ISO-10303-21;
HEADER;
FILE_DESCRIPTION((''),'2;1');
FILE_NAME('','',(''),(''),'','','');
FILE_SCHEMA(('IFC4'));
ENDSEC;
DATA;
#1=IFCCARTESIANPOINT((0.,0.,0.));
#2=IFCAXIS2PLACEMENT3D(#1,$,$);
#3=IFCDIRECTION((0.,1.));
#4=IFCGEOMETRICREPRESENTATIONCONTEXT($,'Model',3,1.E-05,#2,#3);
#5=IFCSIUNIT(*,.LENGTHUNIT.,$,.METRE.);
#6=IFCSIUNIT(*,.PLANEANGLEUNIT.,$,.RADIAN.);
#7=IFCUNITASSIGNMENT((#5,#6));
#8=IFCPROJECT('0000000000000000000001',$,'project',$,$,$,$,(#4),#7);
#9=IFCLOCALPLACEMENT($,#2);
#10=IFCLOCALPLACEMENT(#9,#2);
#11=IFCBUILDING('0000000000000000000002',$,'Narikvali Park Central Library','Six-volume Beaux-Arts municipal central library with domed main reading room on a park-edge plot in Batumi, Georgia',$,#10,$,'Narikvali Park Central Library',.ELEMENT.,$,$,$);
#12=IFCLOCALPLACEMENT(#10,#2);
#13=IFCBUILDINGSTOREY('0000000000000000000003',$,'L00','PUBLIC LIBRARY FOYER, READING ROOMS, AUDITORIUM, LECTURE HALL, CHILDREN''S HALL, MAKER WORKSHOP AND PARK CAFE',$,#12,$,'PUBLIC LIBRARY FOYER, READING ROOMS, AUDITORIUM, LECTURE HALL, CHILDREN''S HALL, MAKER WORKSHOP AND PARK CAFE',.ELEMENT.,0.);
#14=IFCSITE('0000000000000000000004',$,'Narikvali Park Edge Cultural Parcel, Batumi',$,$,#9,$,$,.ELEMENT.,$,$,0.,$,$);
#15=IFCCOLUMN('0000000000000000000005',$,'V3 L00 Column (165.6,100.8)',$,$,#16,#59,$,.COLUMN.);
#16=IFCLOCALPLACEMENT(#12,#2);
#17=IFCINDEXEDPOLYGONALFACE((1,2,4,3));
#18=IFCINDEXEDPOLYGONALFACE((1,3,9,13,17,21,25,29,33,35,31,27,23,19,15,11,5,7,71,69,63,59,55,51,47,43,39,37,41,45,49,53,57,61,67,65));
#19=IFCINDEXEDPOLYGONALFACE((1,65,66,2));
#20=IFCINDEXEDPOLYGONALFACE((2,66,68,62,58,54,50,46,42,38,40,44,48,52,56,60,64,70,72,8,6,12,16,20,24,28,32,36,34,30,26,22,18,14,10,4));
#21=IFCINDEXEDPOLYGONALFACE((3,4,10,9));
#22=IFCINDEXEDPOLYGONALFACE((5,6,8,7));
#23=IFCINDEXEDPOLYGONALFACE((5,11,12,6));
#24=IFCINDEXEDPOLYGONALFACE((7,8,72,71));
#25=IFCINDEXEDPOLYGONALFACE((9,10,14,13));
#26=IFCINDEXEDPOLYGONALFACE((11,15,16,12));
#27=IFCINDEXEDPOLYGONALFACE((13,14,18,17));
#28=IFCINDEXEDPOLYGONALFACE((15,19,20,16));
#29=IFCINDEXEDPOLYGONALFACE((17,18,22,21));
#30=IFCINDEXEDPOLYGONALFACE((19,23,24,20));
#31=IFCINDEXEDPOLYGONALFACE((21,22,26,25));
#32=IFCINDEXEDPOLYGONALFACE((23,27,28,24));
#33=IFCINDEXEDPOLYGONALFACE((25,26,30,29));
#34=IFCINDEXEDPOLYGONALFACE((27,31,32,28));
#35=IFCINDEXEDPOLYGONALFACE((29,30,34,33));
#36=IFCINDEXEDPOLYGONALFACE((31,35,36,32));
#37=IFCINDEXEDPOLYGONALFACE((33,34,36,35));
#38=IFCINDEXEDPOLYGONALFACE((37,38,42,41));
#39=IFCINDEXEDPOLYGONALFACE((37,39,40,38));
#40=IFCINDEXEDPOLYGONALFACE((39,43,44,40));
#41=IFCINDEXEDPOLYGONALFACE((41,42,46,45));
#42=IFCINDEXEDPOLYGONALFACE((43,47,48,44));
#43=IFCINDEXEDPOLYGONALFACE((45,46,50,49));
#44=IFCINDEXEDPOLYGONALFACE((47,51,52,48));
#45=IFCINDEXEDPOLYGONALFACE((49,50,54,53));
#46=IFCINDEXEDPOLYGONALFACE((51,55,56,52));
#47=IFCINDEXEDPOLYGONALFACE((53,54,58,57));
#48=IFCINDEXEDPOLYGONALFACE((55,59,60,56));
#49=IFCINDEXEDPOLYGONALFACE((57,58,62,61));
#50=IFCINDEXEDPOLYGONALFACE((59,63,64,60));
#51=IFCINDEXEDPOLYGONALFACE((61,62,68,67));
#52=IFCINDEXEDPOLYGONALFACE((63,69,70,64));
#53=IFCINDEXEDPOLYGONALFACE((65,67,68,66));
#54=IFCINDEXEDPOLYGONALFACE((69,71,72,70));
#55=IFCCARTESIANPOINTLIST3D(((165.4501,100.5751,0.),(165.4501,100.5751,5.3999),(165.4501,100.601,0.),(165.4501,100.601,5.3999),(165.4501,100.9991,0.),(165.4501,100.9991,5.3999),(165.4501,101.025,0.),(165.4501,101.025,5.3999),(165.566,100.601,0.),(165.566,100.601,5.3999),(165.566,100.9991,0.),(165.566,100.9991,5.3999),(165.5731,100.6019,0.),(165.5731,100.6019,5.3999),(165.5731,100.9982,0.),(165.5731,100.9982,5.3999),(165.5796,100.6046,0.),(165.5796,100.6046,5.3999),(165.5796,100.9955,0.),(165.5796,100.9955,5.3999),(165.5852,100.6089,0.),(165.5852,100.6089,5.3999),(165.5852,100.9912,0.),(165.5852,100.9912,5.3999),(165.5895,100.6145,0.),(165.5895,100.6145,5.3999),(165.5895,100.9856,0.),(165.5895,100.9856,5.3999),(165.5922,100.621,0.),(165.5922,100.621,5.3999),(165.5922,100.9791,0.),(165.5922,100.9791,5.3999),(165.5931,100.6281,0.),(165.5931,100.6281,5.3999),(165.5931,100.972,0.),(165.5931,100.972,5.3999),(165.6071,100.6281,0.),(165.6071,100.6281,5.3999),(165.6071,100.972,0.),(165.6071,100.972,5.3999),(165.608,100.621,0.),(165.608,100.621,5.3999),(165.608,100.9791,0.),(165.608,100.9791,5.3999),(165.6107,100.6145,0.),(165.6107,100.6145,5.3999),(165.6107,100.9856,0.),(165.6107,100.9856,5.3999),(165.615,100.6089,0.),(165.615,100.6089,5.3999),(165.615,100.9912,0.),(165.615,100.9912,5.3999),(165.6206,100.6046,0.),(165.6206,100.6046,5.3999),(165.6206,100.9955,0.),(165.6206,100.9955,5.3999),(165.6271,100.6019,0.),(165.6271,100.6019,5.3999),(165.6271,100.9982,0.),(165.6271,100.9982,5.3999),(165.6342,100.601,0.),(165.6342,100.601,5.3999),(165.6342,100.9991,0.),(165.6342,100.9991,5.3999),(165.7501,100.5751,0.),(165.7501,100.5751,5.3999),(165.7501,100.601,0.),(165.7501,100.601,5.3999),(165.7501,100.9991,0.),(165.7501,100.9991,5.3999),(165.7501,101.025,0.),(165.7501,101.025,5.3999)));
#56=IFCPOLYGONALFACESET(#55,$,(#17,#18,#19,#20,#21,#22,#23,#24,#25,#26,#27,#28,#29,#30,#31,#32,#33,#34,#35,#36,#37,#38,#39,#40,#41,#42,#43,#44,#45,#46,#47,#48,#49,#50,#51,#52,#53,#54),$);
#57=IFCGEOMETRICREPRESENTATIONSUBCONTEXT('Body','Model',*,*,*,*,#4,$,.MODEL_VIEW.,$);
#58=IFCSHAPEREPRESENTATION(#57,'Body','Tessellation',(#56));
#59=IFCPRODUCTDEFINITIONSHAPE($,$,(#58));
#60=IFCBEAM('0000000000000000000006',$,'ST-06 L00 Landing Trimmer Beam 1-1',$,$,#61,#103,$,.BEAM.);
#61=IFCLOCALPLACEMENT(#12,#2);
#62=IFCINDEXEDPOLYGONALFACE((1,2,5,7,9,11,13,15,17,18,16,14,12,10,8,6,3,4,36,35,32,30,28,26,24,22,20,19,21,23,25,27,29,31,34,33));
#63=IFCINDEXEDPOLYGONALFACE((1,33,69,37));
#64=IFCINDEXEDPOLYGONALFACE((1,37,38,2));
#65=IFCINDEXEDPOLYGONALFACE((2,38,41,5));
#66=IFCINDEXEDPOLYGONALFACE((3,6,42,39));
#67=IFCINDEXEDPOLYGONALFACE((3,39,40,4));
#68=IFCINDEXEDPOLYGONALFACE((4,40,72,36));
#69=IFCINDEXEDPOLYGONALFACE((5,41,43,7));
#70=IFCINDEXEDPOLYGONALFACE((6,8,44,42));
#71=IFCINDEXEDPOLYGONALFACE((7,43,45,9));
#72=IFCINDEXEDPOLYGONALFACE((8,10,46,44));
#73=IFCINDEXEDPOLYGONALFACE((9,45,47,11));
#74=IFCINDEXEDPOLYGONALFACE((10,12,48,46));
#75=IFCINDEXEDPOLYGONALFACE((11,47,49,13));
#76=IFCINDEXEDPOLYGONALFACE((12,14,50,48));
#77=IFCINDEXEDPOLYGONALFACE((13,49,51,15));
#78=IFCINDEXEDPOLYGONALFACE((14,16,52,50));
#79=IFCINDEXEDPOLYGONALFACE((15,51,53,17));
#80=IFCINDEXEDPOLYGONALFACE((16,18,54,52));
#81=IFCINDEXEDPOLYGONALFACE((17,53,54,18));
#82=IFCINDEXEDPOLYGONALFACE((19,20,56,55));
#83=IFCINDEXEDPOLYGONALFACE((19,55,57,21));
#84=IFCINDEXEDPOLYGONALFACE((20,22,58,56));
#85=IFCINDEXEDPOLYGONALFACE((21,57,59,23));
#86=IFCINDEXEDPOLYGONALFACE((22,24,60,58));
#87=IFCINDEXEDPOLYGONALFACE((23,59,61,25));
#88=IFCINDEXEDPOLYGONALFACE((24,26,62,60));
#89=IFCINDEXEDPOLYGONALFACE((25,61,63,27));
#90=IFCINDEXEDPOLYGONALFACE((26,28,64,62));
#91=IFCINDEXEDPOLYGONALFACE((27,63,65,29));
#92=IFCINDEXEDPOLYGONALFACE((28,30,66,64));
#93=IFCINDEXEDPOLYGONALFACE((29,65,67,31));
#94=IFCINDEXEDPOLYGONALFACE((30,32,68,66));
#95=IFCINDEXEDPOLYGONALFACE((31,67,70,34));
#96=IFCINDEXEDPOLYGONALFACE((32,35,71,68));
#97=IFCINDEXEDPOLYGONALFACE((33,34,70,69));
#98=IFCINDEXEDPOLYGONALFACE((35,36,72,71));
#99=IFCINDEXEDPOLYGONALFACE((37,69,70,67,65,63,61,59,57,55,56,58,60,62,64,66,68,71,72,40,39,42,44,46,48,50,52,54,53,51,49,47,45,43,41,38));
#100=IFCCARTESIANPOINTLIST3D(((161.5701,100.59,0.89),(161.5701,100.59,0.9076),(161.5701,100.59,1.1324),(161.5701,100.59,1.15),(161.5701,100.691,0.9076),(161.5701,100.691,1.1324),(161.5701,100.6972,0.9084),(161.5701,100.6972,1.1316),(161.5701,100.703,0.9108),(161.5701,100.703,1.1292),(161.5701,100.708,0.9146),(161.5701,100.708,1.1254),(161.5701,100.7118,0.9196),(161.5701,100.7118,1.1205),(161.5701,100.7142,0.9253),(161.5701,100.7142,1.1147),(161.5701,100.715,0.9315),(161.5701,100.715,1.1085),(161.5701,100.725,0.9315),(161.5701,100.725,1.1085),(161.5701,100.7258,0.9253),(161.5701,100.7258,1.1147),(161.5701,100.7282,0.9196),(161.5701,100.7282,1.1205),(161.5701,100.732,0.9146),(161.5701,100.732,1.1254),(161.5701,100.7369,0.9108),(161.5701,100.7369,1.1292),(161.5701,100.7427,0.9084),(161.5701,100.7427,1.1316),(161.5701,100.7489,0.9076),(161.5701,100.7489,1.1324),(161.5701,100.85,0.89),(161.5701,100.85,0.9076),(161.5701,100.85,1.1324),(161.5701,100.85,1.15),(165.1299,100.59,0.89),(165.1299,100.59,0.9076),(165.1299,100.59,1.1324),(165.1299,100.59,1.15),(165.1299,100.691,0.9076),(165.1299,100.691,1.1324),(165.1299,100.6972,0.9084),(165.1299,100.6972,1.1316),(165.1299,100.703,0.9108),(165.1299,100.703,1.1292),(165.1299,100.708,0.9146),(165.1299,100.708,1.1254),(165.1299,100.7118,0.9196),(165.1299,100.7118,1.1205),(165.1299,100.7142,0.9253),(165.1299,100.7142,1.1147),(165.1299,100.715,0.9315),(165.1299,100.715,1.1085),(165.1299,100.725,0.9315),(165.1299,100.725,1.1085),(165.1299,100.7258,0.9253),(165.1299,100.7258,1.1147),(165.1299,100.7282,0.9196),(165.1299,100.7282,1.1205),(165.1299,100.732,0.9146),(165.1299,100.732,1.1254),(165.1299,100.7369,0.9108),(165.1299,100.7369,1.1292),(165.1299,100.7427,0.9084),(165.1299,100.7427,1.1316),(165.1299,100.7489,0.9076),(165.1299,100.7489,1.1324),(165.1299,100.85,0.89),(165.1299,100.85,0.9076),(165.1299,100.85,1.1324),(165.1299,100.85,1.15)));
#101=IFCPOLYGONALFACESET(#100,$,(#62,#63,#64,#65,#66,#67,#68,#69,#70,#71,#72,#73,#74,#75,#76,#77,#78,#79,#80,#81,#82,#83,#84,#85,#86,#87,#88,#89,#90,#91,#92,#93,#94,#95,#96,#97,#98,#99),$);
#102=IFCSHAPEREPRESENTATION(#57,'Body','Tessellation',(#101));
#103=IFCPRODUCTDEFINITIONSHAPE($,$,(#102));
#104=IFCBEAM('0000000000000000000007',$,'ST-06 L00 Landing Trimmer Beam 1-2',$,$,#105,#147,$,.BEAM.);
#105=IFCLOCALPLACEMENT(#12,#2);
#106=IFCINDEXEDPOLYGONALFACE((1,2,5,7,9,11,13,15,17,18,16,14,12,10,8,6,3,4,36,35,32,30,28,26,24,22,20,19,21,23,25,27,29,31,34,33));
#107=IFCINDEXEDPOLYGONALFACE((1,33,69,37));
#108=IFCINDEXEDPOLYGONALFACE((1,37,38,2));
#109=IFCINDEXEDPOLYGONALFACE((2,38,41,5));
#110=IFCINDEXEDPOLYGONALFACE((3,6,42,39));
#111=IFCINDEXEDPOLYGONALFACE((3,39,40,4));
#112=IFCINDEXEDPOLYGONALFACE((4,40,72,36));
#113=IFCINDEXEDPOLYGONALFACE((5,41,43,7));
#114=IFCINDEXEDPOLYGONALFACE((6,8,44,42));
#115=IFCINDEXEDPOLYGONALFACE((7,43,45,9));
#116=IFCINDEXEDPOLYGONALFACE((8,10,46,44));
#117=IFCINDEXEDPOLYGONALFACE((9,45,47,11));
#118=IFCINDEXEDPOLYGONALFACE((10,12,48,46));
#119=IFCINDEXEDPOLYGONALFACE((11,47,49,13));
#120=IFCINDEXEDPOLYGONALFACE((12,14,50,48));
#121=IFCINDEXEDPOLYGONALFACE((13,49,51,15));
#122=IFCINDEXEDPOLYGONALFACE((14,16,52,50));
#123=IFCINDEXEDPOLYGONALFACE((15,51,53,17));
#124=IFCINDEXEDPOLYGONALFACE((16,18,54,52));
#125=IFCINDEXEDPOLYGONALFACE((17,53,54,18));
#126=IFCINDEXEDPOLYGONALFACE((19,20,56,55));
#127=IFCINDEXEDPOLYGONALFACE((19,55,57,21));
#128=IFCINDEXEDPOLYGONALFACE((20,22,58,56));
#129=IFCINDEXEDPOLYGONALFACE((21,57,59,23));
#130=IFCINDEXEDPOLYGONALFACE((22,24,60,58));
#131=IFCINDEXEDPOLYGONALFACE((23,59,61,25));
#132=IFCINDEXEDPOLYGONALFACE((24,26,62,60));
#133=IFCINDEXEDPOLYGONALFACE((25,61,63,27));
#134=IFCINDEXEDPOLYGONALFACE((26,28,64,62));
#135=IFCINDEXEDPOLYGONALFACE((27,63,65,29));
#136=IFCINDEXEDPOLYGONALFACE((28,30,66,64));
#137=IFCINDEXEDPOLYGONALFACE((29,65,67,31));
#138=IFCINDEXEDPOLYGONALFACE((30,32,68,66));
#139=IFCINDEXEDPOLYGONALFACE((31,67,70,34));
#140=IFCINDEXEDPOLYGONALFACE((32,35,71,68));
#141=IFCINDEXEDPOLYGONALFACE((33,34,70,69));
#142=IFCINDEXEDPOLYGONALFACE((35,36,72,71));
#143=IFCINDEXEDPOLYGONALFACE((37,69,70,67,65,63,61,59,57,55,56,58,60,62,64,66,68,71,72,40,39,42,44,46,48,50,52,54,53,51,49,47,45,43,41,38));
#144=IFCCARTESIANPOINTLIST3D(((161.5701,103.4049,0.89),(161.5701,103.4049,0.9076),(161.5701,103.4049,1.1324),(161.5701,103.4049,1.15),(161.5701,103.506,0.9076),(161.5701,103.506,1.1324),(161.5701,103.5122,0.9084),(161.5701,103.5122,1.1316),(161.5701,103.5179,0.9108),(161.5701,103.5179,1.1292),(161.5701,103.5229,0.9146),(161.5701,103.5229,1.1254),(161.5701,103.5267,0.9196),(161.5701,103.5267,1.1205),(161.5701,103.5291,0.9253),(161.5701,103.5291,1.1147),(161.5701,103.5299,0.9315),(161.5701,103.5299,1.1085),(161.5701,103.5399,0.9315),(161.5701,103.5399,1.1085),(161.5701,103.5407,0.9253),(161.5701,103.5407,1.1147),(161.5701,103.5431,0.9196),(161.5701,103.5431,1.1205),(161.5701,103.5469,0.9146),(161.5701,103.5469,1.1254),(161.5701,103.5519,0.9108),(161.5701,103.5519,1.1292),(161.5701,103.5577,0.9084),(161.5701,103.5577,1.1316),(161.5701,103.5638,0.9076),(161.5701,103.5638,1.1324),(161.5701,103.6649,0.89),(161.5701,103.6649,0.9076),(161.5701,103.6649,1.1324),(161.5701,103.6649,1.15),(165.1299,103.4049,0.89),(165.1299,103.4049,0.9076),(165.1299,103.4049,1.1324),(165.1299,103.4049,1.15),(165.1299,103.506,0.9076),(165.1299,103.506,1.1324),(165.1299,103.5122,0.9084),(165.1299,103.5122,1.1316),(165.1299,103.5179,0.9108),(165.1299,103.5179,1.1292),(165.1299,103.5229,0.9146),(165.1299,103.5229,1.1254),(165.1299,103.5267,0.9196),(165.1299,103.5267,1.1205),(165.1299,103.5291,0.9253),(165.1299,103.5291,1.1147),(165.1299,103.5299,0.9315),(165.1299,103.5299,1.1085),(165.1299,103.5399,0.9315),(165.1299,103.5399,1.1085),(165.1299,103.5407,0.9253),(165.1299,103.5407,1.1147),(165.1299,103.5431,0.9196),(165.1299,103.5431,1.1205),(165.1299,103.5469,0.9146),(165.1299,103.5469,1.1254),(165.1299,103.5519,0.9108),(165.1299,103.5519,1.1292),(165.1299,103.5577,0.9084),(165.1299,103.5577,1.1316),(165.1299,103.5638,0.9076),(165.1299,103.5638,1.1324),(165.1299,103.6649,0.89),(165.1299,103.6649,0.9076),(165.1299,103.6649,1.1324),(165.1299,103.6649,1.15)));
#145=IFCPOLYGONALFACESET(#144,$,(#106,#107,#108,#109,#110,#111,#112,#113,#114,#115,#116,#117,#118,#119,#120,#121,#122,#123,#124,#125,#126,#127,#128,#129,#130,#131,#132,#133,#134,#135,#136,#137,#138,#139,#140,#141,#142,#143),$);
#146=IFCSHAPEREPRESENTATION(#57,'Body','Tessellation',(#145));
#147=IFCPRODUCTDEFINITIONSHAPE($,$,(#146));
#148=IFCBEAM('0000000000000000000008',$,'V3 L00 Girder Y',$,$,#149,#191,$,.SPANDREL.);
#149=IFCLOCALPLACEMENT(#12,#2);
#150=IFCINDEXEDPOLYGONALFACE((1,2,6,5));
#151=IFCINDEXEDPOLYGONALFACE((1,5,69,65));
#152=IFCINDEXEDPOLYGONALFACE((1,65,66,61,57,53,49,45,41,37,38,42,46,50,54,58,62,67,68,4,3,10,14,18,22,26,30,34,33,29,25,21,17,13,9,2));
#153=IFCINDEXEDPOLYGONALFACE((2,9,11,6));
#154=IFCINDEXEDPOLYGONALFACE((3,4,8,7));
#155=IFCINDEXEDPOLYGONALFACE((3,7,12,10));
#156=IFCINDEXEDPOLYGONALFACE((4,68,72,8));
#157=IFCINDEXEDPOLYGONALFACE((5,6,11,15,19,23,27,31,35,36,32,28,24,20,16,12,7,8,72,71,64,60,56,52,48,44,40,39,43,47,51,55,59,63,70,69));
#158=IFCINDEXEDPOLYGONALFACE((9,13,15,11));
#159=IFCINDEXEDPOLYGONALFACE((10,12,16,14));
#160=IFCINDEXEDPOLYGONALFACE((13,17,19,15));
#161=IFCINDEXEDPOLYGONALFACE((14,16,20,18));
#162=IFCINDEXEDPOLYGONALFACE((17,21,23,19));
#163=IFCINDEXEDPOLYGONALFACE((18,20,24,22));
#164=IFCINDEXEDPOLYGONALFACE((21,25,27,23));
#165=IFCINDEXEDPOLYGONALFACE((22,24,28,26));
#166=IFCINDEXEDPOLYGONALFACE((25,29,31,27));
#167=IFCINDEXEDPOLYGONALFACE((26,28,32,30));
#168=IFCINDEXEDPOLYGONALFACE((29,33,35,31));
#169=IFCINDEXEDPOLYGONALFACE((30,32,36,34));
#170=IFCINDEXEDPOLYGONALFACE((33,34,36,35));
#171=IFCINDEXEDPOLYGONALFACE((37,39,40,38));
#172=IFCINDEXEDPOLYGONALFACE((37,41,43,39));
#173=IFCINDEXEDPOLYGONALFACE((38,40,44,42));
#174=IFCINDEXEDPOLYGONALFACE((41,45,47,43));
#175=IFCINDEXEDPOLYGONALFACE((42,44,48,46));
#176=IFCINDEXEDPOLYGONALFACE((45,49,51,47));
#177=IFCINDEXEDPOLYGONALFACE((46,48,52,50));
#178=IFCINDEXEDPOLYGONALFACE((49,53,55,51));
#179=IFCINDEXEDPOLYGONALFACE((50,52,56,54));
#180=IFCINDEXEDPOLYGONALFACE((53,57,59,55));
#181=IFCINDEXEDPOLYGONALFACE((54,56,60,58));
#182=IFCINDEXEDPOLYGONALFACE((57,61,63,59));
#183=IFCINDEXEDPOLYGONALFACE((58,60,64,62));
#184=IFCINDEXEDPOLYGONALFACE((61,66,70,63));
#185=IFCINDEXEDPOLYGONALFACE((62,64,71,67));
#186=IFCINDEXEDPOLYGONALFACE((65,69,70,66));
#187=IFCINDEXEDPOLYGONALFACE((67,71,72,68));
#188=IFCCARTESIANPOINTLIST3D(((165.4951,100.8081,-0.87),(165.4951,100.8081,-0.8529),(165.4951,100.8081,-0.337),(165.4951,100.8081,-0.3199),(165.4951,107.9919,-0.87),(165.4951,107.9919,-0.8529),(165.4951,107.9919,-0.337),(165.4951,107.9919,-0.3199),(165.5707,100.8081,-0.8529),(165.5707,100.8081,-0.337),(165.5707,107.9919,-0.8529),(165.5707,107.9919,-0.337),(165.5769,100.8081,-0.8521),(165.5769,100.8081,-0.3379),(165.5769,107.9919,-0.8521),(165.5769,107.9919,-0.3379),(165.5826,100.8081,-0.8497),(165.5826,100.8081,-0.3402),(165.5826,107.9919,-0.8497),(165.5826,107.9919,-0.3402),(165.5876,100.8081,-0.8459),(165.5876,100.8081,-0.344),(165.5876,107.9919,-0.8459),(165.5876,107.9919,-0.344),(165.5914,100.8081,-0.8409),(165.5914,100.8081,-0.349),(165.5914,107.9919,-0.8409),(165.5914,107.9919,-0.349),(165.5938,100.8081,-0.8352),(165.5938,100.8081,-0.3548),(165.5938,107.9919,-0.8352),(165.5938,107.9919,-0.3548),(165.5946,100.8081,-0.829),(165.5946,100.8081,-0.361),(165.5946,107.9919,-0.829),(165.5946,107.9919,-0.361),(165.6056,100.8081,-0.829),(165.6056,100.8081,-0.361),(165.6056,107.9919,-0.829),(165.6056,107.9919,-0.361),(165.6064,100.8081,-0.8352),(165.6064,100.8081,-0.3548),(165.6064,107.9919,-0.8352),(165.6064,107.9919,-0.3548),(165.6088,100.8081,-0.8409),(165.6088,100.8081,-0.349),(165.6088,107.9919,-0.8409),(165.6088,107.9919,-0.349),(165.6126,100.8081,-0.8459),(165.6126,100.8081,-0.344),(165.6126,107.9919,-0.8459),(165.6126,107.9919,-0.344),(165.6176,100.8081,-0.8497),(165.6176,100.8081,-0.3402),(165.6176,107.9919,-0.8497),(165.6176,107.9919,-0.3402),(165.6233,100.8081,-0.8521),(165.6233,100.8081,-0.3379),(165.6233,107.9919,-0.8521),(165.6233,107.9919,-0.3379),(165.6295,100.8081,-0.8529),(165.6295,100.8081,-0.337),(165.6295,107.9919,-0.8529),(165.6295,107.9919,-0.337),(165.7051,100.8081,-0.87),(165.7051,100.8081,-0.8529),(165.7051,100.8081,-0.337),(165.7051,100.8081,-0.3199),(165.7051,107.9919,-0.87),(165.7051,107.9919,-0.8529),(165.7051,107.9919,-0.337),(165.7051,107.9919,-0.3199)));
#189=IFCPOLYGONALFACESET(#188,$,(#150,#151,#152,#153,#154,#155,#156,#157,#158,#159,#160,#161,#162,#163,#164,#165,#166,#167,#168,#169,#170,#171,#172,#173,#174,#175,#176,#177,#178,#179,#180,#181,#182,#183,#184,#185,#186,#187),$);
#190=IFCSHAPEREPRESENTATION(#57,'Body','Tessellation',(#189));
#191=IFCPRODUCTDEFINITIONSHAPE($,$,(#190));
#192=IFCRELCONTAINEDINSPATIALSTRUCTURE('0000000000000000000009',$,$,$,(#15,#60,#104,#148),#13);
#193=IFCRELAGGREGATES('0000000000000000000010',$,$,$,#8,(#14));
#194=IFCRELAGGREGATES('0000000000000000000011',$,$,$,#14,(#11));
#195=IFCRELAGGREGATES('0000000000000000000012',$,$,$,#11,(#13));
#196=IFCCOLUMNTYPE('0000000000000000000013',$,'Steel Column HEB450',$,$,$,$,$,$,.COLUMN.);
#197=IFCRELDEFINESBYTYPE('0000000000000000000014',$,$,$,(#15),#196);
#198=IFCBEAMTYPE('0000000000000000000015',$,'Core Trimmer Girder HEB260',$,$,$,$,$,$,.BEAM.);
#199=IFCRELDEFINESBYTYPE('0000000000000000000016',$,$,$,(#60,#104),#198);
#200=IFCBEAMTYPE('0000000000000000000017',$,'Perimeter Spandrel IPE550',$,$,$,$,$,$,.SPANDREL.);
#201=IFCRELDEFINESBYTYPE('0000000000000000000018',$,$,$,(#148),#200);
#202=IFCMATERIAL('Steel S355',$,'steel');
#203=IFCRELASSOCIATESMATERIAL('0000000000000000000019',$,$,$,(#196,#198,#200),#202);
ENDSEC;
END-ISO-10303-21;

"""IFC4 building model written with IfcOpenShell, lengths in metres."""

from ifc_helpers import new_model, si_unit, direction, frame, origin, origin_2d, place, context, subcontext, project, spatial, i_section, extrude, material, material_profile, profile_set, type_object, element, save


model = new_model("IFC4")

# Units and contexts
model_context = context("Model", 3, precision=1e-05, world=origin(), true_north=direction((0.0, 1.0)))
body_context = subcontext(model_context, "Body", "Model", "MODEL_VIEW")
ifc_project = project(units=[si_unit("LENGTHUNIT", "METRE"), si_unit("PLANEANGLEUNIT", "RADIAN")], contexts=[model_context])

# Site, building, storey
site_placement = place(None, origin())
site = spatial("IfcSite", under=ifc_project, at=site_placement, Name="Narikvali Park Edge Cultural Parcel, Batumi", CompositionType="ELEMENT", RefElevation=0.0)
building_placement = place(site_placement, origin())
building = spatial("IfcBuilding", under=site, at=building_placement, Name="Narikvali Park Central Library", Description="Six-volume Beaux-Arts municipal central library with domed main reading room on a park-edge plot in Batumi, Georgia", LongName="Narikvali Park Central Library", CompositionType="ELEMENT")
storey_placement = place(building_placement, origin())
storey = spatial("IfcBuildingStorey", under=building, at=storey_placement, Name="L00", Description="PUBLIC LIBRARY FOYER, READING ROOMS, AUDITORIUM, LECTURE HALL, CHILDREN'S HALL, MAKER WORKSHOP AND PARK CAFE", LongName="PUBLIC LIBRARY FOYER, READING ROOMS, AUDITORIUM, LECTURE HALL, CHILDREN'S HALL, MAKER WORKSHOP AND PARK CAFE", CompositionType="ELEMENT", Elevation=0.0)

# Column
ifc_material_1 = material(Name="Steel S355", Category="steel")
ifc_material_profile_1 = material_profile(ifc_material_1, i_section(OverallWidth=0.3, OverallDepth=0.45, WebThickness=0.0139, FlangeThickness=0.0259, FilletRadius=0.0271, at=origin_2d()), Name="HEB 450")
ifc_profile_set_1 = profile_set([ifc_material_profile_1], Name="Steel S355")
column_type = type_object("IfcColumnType", Name="Steel Column HEB450", PredefinedType="COLUMN", material=ifc_profile_set_1)
column_placement = place(storey_placement, frame((165.6001, 100.8, 0.0), z_axis=(0.0, 0.0, 1.0), x_axis=(1.0, 0.0, 0.0)))
element("IfcColumn", 1, at=column_placement, inside=storey, type_object=column_type, Name="V3 L00 Column (165.6,100.8)", PredefinedType="COLUMN", context=body_context, shape_type="SweptSolid", body=[
    extrude(i_section(OverallWidth=0.3, OverallDepth=0.45, WebThickness=0.0139, FlangeThickness=0.0259, FilletRadius=0.0271, at=origin_2d()), origin(), (0.0, 0.0, 1.0), 5.3999),
])

# Beams
ifc_material_profile_2 = material_profile(ifc_material_1, i_section(OverallWidth=0.26, OverallDepth=0.26, WebThickness=0.01, FlangeThickness=0.0176, FilletRadius=0.0239, at=origin_2d()), Name="HEB 260")
ifc_profile_set_2 = profile_set([ifc_material_profile_2], Name="Steel S355")
beam_type_1 = type_object("IfcBeamType", Name="Core Trimmer Girder HEB260", PredefinedType="BEAM", material=ifc_profile_set_2)
for number, where, z_axis, x_axis, name in (
    (2, (161.5701, 100.72, 1.02), (1.0, 0.0, 0.0), (0.0, 1.0, 0.0), "ST-06 L00 Landing Trimmer Beam 1-1"),
    (3, (161.5701, 103.5349, 1.02), (1.0, 0.0, 0.0), (0.0, 1.0, 0.0), "ST-06 L00 Landing Trimmer Beam 1-2"),
):
    element("IfcBeam", number, at=place(storey_placement, frame(where, z_axis=z_axis, x_axis=x_axis)), inside=storey, type_object=beam_type_1, Name=name, PredefinedType="BEAM", context=body_context, shape_type="SweptSolid", body=[
        extrude(i_section(OverallWidth=0.26, OverallDepth=0.26, WebThickness=0.01, FlangeThickness=0.0176, FilletRadius=0.0239, at=origin_2d()), origin(), (0.0, 0.0, 1.0), 3.5598),
    ])
ifc_material_profile_3 = material_profile(ifc_material_1, i_section(OverallWidth=0.21, OverallDepth=0.55, WebThickness=0.011, FlangeThickness=0.0171, FilletRadius=0.0239, at=origin_2d()), Name="IPE 550")
ifc_profile_set_3 = profile_set([ifc_material_profile_3], Name="Steel S355")
beam_type_2 = type_object("IfcBeamType", Name="Perimeter Spandrel IPE550", PredefinedType="SPANDREL", material=ifc_profile_set_3)
beam_placement = place(storey_placement, frame((165.6001, 100.8081, -0.595), z_axis=(0.0, 1.0, 0.0), x_axis=(-1.0, 0.0, 0.0)))
element("IfcBeam", 4, at=beam_placement, inside=storey, type_object=beam_type_2, Name="V3 L00 Girder Y", PredefinedType="SPANDREL", context=body_context, shape_type="SweptSolid", body=[
    extrude(i_section(OverallWidth=0.21, OverallDepth=0.55, WebThickness=0.011, FlangeThickness=0.0171, FilletRadius=0.0239, at=origin_2d()), origin(), (0.0, 0.0, 1.0), 7.1838),
])

save(model, "model.ifc")
